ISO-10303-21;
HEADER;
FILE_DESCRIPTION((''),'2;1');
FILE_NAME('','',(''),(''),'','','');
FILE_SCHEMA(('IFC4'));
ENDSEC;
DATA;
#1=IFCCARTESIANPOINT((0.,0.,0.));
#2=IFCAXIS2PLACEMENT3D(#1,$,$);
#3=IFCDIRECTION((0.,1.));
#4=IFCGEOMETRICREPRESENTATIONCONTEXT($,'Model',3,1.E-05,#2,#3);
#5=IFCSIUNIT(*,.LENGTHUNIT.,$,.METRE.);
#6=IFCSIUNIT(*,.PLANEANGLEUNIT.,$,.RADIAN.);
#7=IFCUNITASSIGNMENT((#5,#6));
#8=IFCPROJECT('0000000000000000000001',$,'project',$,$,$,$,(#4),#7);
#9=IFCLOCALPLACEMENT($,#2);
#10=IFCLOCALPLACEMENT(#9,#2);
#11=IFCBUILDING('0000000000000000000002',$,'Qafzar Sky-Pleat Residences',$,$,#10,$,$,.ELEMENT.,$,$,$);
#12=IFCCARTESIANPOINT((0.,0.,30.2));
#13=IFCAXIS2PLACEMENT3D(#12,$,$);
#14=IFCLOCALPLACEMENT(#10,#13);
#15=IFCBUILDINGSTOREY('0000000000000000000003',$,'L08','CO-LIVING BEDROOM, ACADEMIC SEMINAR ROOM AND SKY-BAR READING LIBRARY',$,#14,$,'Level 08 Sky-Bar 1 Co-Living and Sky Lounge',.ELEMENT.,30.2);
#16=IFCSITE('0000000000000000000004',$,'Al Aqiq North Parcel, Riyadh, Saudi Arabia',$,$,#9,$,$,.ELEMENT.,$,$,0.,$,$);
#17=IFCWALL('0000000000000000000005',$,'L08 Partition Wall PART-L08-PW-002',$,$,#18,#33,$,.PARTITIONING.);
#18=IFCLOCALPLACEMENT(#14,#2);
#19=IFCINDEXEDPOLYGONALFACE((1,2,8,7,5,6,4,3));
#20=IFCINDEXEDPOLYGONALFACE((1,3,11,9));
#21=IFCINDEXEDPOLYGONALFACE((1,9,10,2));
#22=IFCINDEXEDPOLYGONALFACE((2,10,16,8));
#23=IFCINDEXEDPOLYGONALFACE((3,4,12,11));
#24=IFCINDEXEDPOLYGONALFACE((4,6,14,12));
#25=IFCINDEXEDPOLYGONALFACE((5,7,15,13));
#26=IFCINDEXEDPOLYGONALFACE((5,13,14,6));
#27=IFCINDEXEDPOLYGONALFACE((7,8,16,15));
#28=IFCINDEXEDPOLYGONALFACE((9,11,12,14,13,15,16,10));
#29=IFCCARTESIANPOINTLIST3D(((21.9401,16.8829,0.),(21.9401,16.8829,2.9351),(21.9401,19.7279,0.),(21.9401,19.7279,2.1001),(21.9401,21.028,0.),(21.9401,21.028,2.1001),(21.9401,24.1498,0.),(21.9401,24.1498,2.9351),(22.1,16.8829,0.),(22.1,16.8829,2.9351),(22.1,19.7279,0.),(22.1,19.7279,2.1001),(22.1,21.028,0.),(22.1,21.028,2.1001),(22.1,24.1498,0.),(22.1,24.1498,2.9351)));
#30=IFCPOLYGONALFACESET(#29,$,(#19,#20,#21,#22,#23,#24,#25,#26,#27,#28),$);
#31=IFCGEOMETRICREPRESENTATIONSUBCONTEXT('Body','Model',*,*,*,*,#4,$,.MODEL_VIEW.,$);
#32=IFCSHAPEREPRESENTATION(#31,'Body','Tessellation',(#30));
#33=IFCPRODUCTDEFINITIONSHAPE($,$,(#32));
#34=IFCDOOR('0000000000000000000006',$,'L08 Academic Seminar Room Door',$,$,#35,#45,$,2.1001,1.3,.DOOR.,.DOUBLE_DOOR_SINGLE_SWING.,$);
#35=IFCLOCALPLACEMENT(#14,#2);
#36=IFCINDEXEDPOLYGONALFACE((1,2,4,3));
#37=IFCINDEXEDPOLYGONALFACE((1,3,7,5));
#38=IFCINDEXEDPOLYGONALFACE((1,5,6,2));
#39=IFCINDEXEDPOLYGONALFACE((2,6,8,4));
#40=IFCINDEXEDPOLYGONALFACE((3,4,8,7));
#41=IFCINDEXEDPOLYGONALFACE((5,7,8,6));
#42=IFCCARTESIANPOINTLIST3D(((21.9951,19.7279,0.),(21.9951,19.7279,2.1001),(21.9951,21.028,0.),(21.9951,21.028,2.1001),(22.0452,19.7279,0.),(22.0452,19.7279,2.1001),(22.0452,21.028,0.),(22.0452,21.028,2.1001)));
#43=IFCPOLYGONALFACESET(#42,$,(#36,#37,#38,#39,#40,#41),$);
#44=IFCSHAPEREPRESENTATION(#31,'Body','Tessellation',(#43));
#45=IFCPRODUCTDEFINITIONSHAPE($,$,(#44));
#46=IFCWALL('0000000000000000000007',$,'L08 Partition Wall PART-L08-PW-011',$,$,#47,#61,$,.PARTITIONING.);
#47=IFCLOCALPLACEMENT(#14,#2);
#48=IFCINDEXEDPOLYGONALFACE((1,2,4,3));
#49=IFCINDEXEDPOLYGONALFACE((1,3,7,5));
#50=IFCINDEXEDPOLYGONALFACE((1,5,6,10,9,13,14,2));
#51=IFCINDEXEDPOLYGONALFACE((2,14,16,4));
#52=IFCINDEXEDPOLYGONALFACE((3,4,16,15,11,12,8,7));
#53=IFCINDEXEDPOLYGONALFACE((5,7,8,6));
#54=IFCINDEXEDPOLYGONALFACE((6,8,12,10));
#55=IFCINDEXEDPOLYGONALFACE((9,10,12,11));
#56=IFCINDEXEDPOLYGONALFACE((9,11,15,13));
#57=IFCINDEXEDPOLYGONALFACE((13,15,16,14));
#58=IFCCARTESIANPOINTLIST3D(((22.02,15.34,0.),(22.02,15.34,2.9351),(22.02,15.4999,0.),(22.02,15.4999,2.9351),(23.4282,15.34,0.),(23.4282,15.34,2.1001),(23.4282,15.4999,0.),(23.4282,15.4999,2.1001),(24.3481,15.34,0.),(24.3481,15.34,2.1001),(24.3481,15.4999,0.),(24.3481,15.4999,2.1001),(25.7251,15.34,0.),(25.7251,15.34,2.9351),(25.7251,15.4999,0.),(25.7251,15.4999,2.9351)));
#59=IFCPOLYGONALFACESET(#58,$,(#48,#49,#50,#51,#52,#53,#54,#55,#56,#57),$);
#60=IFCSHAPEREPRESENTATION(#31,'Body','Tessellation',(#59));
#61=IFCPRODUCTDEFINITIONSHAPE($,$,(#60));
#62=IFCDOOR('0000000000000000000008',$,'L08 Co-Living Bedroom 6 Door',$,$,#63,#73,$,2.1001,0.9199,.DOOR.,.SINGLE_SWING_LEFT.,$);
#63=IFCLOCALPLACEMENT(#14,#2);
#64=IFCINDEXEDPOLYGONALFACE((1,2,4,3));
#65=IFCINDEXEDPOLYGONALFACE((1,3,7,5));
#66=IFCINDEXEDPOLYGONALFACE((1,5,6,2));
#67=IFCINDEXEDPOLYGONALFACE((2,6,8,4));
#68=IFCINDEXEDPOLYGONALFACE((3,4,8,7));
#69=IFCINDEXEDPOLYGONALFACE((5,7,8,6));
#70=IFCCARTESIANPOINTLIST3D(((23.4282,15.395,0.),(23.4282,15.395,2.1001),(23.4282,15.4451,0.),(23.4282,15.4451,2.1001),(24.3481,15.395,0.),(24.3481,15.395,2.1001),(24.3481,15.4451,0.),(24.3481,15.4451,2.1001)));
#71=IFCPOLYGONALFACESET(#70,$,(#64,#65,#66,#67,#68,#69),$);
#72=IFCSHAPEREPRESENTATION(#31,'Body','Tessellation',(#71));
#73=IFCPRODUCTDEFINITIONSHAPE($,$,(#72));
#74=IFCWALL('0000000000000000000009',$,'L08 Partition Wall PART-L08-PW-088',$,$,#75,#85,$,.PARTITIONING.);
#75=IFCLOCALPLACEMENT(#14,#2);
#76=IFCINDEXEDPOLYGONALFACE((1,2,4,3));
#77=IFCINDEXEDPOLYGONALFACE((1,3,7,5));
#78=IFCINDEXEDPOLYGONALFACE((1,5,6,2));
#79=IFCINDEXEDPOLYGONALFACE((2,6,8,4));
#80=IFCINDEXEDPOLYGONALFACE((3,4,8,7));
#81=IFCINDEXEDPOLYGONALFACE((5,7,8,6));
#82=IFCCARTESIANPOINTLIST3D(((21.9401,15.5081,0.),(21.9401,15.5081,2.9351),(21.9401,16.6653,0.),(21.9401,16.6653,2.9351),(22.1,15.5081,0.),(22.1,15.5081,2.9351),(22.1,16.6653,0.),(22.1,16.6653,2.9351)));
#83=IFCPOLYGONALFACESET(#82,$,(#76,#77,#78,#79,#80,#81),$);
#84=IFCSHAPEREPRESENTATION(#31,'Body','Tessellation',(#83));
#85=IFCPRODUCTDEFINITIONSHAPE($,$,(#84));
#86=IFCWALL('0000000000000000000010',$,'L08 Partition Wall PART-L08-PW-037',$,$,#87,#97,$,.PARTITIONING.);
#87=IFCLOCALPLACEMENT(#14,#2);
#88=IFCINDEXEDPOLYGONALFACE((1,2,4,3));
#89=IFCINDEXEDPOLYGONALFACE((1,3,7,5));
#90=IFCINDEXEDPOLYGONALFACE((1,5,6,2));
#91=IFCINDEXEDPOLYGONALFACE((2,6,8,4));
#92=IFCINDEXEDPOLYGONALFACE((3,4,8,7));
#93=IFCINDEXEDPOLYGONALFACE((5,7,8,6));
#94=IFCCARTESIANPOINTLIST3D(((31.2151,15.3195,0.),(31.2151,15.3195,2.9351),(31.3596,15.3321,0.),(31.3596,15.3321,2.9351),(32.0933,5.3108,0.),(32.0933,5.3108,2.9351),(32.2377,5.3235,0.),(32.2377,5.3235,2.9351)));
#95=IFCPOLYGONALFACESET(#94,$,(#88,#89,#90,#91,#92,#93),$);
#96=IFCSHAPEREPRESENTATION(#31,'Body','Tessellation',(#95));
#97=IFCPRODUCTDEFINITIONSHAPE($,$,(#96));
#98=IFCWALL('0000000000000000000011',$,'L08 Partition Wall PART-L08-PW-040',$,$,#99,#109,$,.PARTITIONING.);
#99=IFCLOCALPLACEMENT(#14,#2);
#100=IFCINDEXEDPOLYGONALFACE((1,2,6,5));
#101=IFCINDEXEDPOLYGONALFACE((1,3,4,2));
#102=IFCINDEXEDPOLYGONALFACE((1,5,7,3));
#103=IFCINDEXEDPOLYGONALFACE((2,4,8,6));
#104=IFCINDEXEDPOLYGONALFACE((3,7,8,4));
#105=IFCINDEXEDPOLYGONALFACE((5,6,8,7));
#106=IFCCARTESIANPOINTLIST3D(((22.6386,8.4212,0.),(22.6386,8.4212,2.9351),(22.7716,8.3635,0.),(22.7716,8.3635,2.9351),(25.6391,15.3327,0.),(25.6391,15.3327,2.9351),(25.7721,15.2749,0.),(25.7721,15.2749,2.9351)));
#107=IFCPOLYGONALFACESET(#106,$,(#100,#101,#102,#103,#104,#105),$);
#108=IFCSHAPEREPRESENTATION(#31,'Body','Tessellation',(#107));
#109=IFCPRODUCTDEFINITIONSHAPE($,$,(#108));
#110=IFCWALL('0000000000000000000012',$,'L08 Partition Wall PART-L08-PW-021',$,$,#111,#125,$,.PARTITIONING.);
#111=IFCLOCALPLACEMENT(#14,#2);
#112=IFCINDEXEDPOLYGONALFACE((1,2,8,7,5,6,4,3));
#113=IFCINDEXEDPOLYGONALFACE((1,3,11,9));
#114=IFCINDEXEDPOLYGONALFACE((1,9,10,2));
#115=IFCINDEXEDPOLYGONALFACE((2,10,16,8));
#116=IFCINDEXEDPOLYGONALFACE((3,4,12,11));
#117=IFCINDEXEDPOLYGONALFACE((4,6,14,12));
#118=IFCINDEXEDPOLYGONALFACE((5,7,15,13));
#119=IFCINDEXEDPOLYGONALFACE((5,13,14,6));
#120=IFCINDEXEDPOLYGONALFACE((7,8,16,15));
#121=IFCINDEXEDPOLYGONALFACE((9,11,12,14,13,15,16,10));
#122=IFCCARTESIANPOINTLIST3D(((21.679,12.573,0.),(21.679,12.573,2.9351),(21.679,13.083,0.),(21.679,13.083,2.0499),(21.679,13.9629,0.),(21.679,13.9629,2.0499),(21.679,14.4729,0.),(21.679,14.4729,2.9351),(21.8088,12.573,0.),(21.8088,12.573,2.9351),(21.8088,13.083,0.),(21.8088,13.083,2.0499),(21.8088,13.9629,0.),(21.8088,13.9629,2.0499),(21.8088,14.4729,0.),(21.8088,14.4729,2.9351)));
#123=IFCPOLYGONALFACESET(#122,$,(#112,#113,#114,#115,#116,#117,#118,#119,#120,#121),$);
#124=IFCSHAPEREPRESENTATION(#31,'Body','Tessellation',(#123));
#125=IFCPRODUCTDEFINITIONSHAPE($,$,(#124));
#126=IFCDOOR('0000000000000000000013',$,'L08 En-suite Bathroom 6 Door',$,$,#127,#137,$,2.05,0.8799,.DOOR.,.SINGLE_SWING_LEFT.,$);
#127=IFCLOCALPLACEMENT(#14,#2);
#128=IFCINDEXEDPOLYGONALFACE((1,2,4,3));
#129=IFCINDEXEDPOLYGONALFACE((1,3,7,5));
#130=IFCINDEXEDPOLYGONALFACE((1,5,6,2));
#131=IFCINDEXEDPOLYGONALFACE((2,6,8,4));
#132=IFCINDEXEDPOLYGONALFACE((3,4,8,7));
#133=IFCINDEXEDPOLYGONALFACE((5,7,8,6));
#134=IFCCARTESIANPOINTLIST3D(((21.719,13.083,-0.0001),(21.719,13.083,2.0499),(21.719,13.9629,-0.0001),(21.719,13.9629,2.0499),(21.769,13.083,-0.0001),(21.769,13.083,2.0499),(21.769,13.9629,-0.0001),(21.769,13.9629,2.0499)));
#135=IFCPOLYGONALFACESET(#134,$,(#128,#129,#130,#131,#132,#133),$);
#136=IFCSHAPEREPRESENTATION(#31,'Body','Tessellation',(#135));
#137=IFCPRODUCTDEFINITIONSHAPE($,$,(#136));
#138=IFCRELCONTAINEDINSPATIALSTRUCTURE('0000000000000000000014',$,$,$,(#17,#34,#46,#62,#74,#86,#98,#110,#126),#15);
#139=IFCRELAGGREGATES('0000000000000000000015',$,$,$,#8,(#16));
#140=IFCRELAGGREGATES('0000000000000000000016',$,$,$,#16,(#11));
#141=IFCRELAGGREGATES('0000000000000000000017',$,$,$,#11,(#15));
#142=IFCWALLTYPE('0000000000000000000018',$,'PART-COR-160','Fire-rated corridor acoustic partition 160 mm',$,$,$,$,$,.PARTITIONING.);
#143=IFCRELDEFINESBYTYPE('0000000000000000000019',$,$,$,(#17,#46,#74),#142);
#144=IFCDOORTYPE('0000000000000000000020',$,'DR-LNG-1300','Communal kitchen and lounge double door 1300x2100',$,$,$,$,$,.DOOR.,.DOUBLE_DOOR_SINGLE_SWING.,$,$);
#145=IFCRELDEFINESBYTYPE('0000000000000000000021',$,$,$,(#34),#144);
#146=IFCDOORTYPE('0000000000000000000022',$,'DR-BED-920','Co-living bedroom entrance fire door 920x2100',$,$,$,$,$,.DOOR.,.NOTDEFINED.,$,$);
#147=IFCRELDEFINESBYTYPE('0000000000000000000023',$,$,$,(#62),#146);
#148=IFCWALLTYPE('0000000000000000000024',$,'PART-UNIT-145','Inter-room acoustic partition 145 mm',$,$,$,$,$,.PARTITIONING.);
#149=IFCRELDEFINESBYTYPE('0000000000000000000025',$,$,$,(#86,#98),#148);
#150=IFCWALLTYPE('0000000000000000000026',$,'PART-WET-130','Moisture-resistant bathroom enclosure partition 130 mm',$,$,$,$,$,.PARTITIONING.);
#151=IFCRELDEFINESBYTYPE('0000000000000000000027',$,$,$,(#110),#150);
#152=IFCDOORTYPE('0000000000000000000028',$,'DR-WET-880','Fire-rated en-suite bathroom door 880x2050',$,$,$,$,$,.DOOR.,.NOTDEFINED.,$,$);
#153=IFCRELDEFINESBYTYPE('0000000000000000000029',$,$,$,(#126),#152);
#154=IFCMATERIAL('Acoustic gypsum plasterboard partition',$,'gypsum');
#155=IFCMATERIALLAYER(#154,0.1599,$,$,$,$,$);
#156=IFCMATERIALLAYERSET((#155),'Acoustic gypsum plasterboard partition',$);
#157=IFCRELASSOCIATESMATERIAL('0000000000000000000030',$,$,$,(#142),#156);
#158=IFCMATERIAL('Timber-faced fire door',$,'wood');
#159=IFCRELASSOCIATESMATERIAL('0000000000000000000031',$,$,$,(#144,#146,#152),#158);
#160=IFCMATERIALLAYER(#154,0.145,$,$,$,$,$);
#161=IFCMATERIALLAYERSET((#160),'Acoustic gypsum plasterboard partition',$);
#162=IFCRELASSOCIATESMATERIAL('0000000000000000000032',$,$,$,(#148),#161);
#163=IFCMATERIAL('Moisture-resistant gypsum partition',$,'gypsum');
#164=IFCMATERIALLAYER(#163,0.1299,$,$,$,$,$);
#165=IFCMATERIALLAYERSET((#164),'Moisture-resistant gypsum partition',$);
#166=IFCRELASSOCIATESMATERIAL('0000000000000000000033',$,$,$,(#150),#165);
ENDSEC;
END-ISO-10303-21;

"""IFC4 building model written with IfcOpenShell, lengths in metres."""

from ifc_helpers import new_model, si_unit, direction, frame, frame_2d, origin, place, context, subcontext, project, spatial, rectangle, extrude, source, transform, mapped, material, layer, layer_set, type_object, element, fill, save


model = new_model("IFC4")

# Units and contexts
model_context = context("Model", 3, precision=1e-05, world=origin(), true_north=direction((0.0, 1.0)))
body_context = subcontext(model_context, "Body", "Model", "MODEL_VIEW")
ifc_project = project(units=[si_unit("LENGTHUNIT", "METRE"), si_unit("PLANEANGLEUNIT", "RADIAN")], contexts=[model_context])

# Site, building, storey
site_placement = place(None, origin())
site = spatial("IfcSite", under=ifc_project, at=site_placement, Name="Al Aqiq North Parcel, Riyadh, Saudi Arabia", CompositionType="ELEMENT", RefElevation=0.0)
building_placement = place(site_placement, origin())
building = spatial("IfcBuilding", under=site, at=building_placement, Name="Qafzar Sky-Pleat Residences", CompositionType="ELEMENT")
storey_placement = place(building_placement, frame((0.0, 0.0, 30.2)))
storey = spatial("IfcBuildingStorey", under=building, at=storey_placement, Name="L08", Description="CO-LIVING BEDROOM, ACADEMIC SEMINAR ROOM AND SKY-BAR READING LIBRARY", LongName="Level 08 Sky-Bar 1 Co-Living and Sky Lounge", CompositionType="ELEMENT", Elevation=30.2)

# Walls, openings, doors
ifc_material_1 = material(Name="Acoustic gypsum plasterboard partition", Category="gypsum")
ifc_layer_1 = layer(ifc_material_1, 0.1599)
ifc_layer_set_1 = layer_set([ifc_layer_1], Name="Acoustic gypsum plasterboard partition")
wall_type_1 = type_object("IfcWallType", Name="PART-COR-160", Description="Fire-rated corridor acoustic partition 160 mm", PredefinedType="PARTITIONING", material=ifc_layer_set_1)
wall_1_placement = place(storey_placement, frame((22.02, 16.8831, 0.0), z_axis=(0.0, 0.0, 1.0), x_axis=(0.0, 1.0, 0.0)))
wall_1 = element("IfcWall", 1, at=wall_1_placement, inside=storey, type_object=wall_type_1, Name="L08 Partition Wall PART-L08-PW-002", PredefinedType="PARTITIONING", context=body_context, shape_type="SweptSolid", body=[
    extrude(rectangle(XDim=7.2668, YDim=0.1599, at=frame_2d((3.6333, 0.0))), origin(), (0.0, 0.0, 1.0), 2.9351),
])
opening_1_placement = place(wall_1_placement, frame((2.845, 0.0, 0.0)))
opening_1 = element("IfcOpeningElement", 2, at=opening_1_placement, cuts=wall_1, PredefinedType="OPENING", context=body_context, shape_type="SweptSolid", body=[
    extrude(rectangle(XDim=1.3, YDim=2.1001, at=frame_2d((0.6499, 1.05))), frame((0.0, 0.0898, 0.0), z_axis=(0.0, -1.0, 0.0), x_axis=(1.0, 0.0, 0.0)), (0.0, 0.0, 1.0), 0.1799),
])
ifc_material_2 = material(Name="Timber-faced fire door", Category="wood")
door_type_1 = type_object("IfcDoorType", Name="DR-LNG-1300", Description="Communal kitchen and lounge double door 1300x2100", OperationType="DOUBLE_DOOR_SINGLE_SWING", PredefinedType="DOOR", material=ifc_material_2)
shared_shape_1 = source(origin(), body_context, "Body", "SweptSolid", [
    extrude(rectangle(XDim=1.3, YDim=2.1001, at=frame_2d((0.6499, 1.05))), frame((0.0, 0.0249, 0.0), z_axis=(0.0, -1.0, 0.0), x_axis=(1.0, 0.0, 0.0)), (0.0, 0.0, 1.0), 0.05),
])
door_1_placement = place(opening_1_placement, origin())
door_1 = element("IfcDoor", 3, at=door_1_placement, inside=storey, type_object=door_type_1, Name="L08 Academic Seminar Room Door", OperationType="DOUBLE_DOOR_SINGLE_SWING", OverallHeight=2.1001, OverallWidth=1.3, PredefinedType="DOOR", context=body_context, shape_type="MappedRepresentation", body=[
    mapped(shared_shape_1, transform((0.0, 0.0, 0.0), x_axis=(1.0, 0.0, 0.0), y_axis=(0.0, 1.0, 0.0), z_axis=(0.0, 0.0, 1.0), scale=1.0)),
])
fill(opening_1, door_1)
wall_2_placement = place(storey_placement, frame((25.7251, 15.4199, 0.0), z_axis=(0.0, 0.0, 1.0), x_axis=(-1.0, 0.0, 0.0)))
wall_2 = element("IfcWall", 4, at=wall_2_placement, inside=storey, type_object=wall_type_1, Name="L08 Partition Wall PART-L08-PW-011", PredefinedType="PARTITIONING", context=body_context, shape_type="SweptSolid", body=[
    extrude(rectangle(XDim=3.7051, YDim=0.1599, at=frame_2d((1.8525, 0.0))), origin(), (0.0, 0.0, 1.0), 2.9351),
])
opening_2_placement = place(wall_2_placement, frame((1.377, 0.0, 0.0)))
opening_2 = element("IfcOpeningElement", 5, at=opening_2_placement, cuts=wall_2, PredefinedType="OPENING", context=body_context, shape_type="SweptSolid", body=[
    extrude(rectangle(XDim=0.9199, YDim=2.1001, at=frame_2d((0.46, 1.05))), frame((0.0, 0.0898, 0.0), z_axis=(0.0, -1.0, 0.0), x_axis=(1.0, 0.0, 0.0)), (0.0, 0.0, 1.0), 0.1799),
])
door_type_2 = type_object("IfcDoorType", Name="DR-BED-920", Description="Co-living bedroom entrance fire door 920x2100", OperationType="NOTDEFINED", PredefinedType="DOOR", material=ifc_material_2)
shared_shape_2 = source(origin(), body_context, "Body", "SweptSolid", [
    extrude(rectangle(XDim=0.9199, YDim=2.1001, at=frame_2d((0.46, 1.05))), frame((0.0, 0.0249, 0.0), z_axis=(0.0, -1.0, 0.0), x_axis=(1.0, 0.0, 0.0)), (0.0, 0.0, 1.0), 0.05),
])
door_2_placement = place(opening_2_placement, origin())
door_2 = element("IfcDoor", 6, at=door_2_placement, inside=storey, type_object=door_type_2, Name="L08 Co-Living Bedroom 6 Door", OperationType="SINGLE_SWING_LEFT", OverallHeight=2.1001, OverallWidth=0.9199, PredefinedType="DOOR", context=body_context, shape_type="MappedRepresentation", body=[
    mapped(shared_shape_2, transform((0.0, 0.0, 0.0), x_axis=(1.0, 0.0, 0.0), y_axis=(0.0, 1.0, 0.0), z_axis=(0.0, 0.0, 1.0), scale=1.0)),
])
fill(opening_2, door_2)

# Walls
wall_3_placement = place(storey_placement, frame((22.02, 15.5081, 0.0), z_axis=(0.0, 0.0, 1.0), x_axis=(0.0, 1.0, 0.0)))
element("IfcWall", 7, at=wall_3_placement, inside=storey, type_object=wall_type_1, Name="L08 Partition Wall PART-L08-PW-088", PredefinedType="PARTITIONING", context=body_context, shape_type="SweptSolid", body=[
    extrude(rectangle(XDim=1.1572, YDim=0.1599, at=frame_2d((0.5786, 0.0))), origin(), (0.0, 0.0, 1.0), 2.9351),
])
ifc_layer_2 = layer(ifc_material_1, 0.145)
ifc_layer_set_2 = layer_set([ifc_layer_2], Name="Acoustic gypsum plasterboard partition")
wall_type_2 = type_object("IfcWallType", Name="PART-UNIT-145", Description="Inter-room acoustic partition 145 mm", PredefinedType="PARTITIONING", material=ifc_layer_set_2)
wall_4_placement = place(storey_placement, frame((31.2874, 15.3257, 0.0), z_axis=(0.0, 0.0, 1.0), x_axis=(0.087404, -0.996173, 0.0)))
element("IfcWall", 8, at=wall_4_placement, inside=storey, type_object=wall_type_2, Name="L08 Partition Wall PART-L08-PW-037", PredefinedType="PARTITIONING", context=body_context, shape_type="SweptSolid", body=[
    extrude(rectangle(XDim=10.0471, YDim=0.145, at=frame_2d((5.0234, 0.0))), origin(), (0.0, 0.0, 1.0), 2.9351),
])
wall_5_placement = place(storey_placement, frame((22.7051, 8.3923, 0.0), z_axis=(0.0, 0.0, 1.0), x_axis=(0.398228, 0.917286, 0.0)))
element("IfcWall", 9, at=wall_5_placement, inside=storey, type_object=wall_type_2, Name="L08 Partition Wall PART-L08-PW-040", PredefinedType="PARTITIONING", context=body_context, shape_type="SweptSolid", body=[
    extrude(rectangle(XDim=7.5347, YDim=0.145, at=frame_2d((3.7673, 0.0))), origin(), (0.0, 0.0, 1.0), 2.9351),
])

# Wall, opening, door
ifc_material_3 = material(Name="Moisture-resistant gypsum partition", Category="gypsum")
ifc_layer_3 = layer(ifc_material_3, 0.1299)
ifc_layer_set_3 = layer_set([ifc_layer_3], Name="Moisture-resistant gypsum partition")
wall_type_3 = type_object("IfcWallType", Name="PART-WET-130", Description="Moisture-resistant bathroom enclosure partition 130 mm", PredefinedType="PARTITIONING", material=ifc_layer_set_3)
wall_6_placement = place(storey_placement, frame((21.7439, 12.573, 0.0), z_axis=(0.0, 0.0, 1.0), x_axis=(0.0, 1.0, 0.0)))
wall_6 = element("IfcWall", 10, at=wall_6_placement, inside=storey, type_object=wall_type_3, Name="L08 Partition Wall PART-L08-PW-021", PredefinedType="PARTITIONING", context=body_context, shape_type="SweptSolid", body=[
    extrude(rectangle(XDim=1.8999, YDim=0.1299, at=frame_2d((0.95, 0.0))), origin(), (0.0, 0.0, 1.0), 2.9351),
])
opening_3_placement = place(wall_6_placement, frame((0.51, 0.0, 0.0)))
opening_3 = element("IfcOpeningElement", 11, at=opening_3_placement, cuts=wall_6, PredefinedType="OPENING", context=body_context, shape_type="SweptSolid", body=[
    extrude(rectangle(XDim=0.8799, YDim=2.05, at=frame_2d((0.4399, 1.0249))), frame((0.0, 0.075, 0.0), z_axis=(0.0, -1.0, 0.0), x_axis=(1.0, 0.0, 0.0)), (0.0, 0.0, 1.0), 0.1499),
])
door_type_3 = type_object("IfcDoorType", Name="DR-WET-880", Description="Fire-rated en-suite bathroom door 880x2050", OperationType="NOTDEFINED", PredefinedType="DOOR", material=ifc_material_2)
shared_shape_3 = source(origin(), body_context, "Body", "SweptSolid", [
    extrude(rectangle(XDim=0.8799, YDim=2.05, at=frame_2d((0.4399, 1.0249))), frame((0.0, 0.0249, 0.0), z_axis=(0.0, -1.0, 0.0), x_axis=(1.0, 0.0, 0.0)), (0.0, 0.0, 1.0), 0.05),
])
door_3_placement = place(opening_3_placement, origin())
door_3 = element("IfcDoor", 12, at=door_3_placement, inside=storey, type_object=door_type_3, Name="L08 En-suite Bathroom 6 Door", OperationType="SINGLE_SWING_LEFT", OverallHeight=2.05, OverallWidth=0.8799, PredefinedType="DOOR", context=body_context, shape_type="MappedRepresentation", body=[
    mapped(shared_shape_3, transform((0.0, 0.0, 0.0), x_axis=(1.0, 0.0, 0.0), y_axis=(0.0, 1.0, 0.0), z_axis=(0.0, 0.0, 1.0), scale=1.0)),
])
fill(opening_3, door_3)

save(model, "model.ifc")
